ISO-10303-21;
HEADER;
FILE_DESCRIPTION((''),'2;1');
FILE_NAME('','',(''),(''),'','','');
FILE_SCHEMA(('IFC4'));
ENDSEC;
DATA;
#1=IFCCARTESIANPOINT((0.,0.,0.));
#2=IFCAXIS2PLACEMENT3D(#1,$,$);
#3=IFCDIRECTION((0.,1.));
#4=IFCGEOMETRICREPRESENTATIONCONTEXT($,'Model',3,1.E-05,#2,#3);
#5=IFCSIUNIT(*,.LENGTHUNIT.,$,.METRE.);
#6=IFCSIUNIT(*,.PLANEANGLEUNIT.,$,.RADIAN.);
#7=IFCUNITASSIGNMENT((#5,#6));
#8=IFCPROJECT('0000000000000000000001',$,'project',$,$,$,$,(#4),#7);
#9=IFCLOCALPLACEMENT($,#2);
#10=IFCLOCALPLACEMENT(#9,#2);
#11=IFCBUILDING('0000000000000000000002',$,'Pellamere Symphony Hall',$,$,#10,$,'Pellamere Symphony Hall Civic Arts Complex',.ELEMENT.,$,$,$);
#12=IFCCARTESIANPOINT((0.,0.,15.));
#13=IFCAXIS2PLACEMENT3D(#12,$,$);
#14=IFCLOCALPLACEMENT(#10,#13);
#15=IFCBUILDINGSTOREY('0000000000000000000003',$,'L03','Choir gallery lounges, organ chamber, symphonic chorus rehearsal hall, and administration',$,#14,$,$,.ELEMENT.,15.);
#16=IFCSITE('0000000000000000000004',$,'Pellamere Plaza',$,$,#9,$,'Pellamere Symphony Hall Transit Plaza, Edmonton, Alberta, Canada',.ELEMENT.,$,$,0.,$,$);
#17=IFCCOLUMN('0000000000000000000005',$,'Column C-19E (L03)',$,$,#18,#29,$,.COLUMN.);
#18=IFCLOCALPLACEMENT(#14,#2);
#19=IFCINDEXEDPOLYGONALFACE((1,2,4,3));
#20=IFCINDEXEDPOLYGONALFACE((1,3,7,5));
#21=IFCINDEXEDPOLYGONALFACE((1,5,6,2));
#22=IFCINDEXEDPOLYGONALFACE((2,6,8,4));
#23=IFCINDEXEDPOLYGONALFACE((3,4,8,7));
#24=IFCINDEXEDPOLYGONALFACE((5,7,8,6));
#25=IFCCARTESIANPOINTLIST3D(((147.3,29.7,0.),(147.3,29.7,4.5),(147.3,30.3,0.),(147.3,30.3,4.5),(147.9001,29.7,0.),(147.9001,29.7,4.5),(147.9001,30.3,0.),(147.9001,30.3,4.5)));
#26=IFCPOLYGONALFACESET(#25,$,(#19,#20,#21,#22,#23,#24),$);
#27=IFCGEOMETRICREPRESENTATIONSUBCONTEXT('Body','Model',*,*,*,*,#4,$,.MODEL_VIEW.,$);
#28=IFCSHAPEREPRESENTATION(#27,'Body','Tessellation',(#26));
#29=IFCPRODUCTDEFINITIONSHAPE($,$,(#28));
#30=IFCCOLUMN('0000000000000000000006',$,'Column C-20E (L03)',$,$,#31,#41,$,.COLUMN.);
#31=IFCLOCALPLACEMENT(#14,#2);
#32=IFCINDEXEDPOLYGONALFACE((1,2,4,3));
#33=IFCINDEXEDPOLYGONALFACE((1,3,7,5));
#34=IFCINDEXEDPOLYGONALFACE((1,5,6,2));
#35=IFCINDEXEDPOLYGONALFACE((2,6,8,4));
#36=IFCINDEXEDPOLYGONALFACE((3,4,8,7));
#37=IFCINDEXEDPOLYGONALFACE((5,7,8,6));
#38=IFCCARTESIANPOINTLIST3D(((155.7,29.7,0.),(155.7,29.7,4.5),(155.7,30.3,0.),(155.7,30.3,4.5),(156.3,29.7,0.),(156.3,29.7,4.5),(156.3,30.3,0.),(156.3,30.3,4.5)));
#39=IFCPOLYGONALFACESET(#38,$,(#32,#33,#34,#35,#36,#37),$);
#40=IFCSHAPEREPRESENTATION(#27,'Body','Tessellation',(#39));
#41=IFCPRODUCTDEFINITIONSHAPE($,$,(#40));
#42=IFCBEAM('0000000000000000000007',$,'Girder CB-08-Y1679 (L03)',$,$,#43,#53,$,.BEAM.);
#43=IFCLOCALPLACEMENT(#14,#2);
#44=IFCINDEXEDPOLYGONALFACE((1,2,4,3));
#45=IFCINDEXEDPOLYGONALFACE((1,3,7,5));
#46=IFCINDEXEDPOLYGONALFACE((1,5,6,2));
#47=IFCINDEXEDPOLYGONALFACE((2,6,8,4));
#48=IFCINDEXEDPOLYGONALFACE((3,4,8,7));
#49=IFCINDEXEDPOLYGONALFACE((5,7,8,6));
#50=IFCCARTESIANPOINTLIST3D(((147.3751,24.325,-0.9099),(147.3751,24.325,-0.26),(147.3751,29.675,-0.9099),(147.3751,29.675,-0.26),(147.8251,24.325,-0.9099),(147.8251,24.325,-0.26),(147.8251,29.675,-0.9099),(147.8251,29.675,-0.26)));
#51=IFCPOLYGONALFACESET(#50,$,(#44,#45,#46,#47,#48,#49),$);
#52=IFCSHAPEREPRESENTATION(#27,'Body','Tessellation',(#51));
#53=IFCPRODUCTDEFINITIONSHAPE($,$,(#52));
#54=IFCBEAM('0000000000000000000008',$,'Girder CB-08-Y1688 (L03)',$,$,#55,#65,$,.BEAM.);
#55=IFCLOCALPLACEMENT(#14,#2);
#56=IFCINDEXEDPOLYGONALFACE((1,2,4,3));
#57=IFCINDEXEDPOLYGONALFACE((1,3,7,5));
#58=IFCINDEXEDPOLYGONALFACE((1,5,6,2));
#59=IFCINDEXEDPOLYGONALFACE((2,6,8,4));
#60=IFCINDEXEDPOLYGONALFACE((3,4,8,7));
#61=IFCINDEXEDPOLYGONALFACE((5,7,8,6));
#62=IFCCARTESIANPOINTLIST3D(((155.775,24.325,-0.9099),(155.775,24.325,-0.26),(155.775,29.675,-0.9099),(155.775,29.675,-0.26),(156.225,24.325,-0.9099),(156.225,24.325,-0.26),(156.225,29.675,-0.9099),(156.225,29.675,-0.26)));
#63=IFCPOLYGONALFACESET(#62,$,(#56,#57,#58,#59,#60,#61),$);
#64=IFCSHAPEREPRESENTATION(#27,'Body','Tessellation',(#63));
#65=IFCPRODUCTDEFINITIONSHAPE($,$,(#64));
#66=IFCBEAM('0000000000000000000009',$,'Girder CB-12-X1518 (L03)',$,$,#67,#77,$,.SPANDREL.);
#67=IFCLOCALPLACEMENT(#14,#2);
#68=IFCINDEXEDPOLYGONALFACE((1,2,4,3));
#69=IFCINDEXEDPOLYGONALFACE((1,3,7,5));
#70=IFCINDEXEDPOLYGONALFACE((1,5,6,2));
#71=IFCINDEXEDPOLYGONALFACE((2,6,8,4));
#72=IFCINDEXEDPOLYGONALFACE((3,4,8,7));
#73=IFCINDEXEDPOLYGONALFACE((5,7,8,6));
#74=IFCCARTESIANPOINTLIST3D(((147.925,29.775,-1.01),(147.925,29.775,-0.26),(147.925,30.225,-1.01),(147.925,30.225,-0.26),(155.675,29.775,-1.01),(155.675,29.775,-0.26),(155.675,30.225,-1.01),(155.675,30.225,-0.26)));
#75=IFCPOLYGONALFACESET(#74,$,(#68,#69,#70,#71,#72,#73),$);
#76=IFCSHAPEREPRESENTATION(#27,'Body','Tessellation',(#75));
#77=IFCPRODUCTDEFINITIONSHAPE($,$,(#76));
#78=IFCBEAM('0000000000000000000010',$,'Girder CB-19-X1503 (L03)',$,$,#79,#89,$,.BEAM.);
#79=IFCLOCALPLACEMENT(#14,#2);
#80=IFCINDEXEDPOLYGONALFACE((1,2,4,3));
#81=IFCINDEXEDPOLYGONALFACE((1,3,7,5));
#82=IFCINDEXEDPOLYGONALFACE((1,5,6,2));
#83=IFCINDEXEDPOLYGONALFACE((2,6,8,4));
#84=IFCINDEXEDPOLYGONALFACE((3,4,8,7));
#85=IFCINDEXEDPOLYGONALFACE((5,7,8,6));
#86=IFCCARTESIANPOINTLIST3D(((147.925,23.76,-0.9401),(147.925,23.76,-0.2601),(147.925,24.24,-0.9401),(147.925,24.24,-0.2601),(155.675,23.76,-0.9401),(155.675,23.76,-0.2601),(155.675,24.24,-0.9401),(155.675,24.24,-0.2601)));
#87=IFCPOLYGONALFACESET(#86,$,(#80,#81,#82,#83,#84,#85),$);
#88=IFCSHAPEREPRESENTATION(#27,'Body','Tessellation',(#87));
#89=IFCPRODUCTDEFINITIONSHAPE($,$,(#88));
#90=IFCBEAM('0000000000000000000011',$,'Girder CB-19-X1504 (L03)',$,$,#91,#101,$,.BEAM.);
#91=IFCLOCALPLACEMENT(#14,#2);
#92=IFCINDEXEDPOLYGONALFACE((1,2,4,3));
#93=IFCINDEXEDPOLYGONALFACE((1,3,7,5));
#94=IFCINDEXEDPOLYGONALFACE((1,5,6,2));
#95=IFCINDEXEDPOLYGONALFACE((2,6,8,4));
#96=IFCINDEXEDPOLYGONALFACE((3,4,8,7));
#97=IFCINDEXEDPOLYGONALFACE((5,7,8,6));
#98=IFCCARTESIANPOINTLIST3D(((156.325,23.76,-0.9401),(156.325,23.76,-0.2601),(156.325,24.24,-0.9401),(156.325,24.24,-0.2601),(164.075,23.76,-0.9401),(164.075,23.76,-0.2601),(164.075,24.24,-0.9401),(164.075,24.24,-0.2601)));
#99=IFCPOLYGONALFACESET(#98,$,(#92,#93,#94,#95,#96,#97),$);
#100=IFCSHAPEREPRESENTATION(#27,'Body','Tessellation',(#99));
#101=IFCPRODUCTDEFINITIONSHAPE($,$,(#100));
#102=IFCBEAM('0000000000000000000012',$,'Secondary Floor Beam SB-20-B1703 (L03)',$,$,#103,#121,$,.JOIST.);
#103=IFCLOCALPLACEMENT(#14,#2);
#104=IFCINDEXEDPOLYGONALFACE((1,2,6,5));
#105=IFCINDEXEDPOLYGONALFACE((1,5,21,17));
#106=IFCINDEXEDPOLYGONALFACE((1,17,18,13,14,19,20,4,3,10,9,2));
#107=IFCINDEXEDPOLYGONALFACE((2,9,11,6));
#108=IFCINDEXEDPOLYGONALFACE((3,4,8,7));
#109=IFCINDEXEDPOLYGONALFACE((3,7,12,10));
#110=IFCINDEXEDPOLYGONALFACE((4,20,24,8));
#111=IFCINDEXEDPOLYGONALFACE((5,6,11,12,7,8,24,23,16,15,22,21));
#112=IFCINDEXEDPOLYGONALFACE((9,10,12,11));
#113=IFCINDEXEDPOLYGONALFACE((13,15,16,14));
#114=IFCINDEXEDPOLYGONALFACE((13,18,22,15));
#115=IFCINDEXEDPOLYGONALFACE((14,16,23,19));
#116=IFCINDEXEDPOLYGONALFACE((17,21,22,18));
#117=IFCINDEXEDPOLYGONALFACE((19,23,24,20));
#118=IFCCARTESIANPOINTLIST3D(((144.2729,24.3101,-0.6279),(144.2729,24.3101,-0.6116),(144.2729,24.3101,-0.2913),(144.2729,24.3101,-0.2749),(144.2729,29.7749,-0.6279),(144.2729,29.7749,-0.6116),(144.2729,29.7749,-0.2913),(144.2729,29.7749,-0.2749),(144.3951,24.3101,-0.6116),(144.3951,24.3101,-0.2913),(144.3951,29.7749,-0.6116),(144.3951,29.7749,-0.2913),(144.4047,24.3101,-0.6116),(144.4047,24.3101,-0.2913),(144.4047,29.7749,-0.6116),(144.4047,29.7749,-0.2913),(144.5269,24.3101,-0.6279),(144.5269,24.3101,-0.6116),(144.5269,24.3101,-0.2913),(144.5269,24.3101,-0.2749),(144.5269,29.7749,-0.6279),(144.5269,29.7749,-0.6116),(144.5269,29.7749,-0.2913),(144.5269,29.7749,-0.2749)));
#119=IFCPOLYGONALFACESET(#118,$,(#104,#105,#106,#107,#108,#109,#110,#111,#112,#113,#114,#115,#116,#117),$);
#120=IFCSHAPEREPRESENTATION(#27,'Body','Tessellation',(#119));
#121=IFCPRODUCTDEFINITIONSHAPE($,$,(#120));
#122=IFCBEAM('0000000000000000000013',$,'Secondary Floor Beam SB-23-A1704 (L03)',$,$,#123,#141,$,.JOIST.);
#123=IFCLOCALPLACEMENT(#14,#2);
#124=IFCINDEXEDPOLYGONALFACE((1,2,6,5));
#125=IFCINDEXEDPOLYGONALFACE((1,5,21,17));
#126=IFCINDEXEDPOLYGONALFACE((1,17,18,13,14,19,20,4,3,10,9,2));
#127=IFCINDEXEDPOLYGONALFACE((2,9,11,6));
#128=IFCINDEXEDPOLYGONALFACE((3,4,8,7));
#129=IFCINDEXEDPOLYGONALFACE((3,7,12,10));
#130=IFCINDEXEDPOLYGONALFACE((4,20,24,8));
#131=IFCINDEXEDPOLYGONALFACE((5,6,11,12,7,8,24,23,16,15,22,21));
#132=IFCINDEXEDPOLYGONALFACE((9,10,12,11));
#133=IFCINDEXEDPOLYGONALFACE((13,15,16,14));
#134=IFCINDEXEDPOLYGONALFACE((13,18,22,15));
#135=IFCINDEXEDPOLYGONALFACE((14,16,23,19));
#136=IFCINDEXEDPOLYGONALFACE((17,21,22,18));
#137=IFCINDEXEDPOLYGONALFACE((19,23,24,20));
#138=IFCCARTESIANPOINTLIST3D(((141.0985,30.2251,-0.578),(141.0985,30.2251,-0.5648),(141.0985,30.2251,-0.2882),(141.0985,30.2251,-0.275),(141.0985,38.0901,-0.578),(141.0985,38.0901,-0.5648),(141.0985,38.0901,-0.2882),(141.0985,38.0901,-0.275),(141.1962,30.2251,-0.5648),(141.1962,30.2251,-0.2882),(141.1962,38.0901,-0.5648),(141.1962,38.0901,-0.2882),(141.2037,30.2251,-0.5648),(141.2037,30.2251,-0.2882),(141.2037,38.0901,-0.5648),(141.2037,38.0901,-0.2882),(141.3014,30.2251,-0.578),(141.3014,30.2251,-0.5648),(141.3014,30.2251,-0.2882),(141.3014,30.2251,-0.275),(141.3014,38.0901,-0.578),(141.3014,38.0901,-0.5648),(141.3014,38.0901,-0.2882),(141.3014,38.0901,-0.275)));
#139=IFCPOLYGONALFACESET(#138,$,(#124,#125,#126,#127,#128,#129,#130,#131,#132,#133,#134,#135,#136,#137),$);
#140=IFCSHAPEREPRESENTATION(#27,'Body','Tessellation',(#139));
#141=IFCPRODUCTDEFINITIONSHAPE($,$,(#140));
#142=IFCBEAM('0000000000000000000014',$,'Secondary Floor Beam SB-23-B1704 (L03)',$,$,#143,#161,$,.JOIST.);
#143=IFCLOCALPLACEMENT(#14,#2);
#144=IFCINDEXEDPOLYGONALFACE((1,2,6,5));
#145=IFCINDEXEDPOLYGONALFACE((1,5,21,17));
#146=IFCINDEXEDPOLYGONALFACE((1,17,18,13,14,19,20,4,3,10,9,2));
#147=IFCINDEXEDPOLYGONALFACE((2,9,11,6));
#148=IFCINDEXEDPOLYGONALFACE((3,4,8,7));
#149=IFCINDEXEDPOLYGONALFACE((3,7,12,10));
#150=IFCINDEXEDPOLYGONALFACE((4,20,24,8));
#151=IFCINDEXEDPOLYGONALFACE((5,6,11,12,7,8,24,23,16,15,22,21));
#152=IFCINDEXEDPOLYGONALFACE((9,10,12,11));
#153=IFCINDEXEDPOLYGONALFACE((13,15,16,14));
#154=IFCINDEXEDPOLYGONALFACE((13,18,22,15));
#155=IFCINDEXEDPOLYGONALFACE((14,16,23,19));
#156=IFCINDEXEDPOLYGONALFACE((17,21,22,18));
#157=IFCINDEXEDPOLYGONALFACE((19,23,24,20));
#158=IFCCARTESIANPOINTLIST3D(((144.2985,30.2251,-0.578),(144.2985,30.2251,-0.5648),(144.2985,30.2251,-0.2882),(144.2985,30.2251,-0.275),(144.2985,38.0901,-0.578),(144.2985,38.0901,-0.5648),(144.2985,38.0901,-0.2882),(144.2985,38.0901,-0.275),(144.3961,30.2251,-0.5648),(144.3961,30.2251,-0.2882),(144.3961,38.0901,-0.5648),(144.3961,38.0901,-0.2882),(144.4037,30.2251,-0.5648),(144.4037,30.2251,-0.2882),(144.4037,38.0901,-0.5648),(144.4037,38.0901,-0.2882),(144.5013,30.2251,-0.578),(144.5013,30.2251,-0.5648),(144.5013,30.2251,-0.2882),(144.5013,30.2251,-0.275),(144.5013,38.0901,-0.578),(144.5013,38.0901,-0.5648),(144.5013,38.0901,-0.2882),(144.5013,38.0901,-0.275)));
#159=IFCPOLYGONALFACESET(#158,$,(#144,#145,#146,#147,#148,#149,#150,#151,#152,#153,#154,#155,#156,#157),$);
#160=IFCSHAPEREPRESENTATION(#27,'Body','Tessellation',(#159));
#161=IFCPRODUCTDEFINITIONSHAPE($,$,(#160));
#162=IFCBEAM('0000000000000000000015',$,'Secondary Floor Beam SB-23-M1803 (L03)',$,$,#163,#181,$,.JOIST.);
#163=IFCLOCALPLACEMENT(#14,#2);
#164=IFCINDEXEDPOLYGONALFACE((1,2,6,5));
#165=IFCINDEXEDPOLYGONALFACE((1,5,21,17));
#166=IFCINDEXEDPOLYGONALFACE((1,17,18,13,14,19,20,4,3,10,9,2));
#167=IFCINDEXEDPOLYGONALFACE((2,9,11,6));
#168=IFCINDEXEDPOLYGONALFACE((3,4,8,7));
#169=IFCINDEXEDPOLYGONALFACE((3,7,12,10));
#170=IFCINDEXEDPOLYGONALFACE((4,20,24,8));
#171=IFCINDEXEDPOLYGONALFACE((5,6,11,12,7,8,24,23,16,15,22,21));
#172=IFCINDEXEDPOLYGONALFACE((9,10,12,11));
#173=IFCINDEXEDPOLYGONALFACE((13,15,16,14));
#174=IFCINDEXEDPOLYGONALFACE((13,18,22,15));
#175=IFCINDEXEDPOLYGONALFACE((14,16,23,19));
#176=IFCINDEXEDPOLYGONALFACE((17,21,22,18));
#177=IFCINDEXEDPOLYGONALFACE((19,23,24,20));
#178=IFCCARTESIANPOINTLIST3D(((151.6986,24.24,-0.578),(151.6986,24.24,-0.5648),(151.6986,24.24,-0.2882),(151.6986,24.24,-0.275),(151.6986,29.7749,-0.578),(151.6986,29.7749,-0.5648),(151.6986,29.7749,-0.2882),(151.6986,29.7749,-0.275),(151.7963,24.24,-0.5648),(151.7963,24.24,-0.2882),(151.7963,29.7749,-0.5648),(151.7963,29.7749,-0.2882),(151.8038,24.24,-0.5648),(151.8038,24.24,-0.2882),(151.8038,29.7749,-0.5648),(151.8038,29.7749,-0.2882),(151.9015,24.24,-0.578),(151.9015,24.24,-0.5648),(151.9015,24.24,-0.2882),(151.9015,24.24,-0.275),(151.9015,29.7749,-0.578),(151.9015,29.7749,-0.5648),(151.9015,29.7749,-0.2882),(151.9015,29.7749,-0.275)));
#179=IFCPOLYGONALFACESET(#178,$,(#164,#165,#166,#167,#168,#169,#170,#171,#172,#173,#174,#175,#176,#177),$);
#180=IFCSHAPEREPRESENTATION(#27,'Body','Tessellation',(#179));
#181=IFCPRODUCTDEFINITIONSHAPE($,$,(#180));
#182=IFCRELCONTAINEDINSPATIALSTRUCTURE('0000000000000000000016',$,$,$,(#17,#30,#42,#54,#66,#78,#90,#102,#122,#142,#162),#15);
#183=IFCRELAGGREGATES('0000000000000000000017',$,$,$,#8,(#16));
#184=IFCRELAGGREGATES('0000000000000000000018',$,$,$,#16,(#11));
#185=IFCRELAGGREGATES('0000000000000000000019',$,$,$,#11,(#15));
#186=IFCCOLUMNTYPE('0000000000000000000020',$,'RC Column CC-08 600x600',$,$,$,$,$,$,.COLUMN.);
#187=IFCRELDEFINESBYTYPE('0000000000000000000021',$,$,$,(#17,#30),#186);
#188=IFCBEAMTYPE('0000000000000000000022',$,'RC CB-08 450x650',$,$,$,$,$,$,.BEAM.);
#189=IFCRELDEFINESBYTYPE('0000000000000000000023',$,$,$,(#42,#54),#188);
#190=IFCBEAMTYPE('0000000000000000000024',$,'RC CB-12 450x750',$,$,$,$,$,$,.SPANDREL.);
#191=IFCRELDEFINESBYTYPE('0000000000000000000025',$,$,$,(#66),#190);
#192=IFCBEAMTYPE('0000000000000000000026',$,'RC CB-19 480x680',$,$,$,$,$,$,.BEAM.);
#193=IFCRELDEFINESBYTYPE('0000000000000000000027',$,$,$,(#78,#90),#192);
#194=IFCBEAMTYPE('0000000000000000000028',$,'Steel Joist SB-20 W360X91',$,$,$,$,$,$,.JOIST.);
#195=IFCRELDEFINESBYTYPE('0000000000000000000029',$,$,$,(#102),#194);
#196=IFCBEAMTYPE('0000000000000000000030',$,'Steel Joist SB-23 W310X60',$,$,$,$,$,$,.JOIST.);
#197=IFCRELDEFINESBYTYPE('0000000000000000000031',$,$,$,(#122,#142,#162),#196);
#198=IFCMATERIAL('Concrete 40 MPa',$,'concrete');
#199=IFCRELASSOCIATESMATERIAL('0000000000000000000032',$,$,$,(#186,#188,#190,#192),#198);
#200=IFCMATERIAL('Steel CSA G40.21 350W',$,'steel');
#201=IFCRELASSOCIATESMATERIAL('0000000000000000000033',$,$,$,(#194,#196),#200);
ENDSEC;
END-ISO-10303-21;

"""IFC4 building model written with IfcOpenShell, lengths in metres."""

from ifc_helpers import new_model, si_unit, direction, frame, origin, origin_2d, place, context, subcontext, project, spatial, rectangle, i_section, extrude, material, material_profile, profile_set, type_object, element, save


model = new_model("IFC4")

# Units and contexts
model_context = context("Model", 3, precision=1e-05, world=origin(), true_north=direction((0.0, 1.0)))
body_context = subcontext(model_context, "Body", "Model", "MODEL_VIEW")
ifc_project = project(units=[si_unit("LENGTHUNIT", "METRE"), si_unit("PLANEANGLEUNIT", "RADIAN")], contexts=[model_context])

# Site, building, storey
site_placement = place(None, origin())
site = spatial("IfcSite", under=ifc_project, at=site_placement, Name="Pellamere Plaza", LongName="Pellamere Symphony Hall Transit Plaza, Edmonton, Alberta, Canada", CompositionType="ELEMENT", RefElevation=0.0)
building_placement = place(site_placement, origin())
building = spatial("IfcBuilding", under=site, at=building_placement, Name="Pellamere Symphony Hall", LongName="Pellamere Symphony Hall Civic Arts Complex", CompositionType="ELEMENT")
storey_placement = place(building_placement, frame((0.0, 0.0, 15.0)))
storey = spatial("IfcBuildingStorey", under=building, at=storey_placement, Name="L03", Description="Choir gallery lounges, organ chamber, symphonic chorus rehearsal hall, and administration", CompositionType="ELEMENT", Elevation=15.0)

# Columns
ifc_material_1 = material(Name="Concrete 40 MPa", Category="concrete")
ifc_material_profile_1 = material_profile(ifc_material_1, rectangle(XDim=0.6001, YDim=0.6001, at=origin_2d()), Name="RC 600x600")
ifc_profile_set_1 = profile_set([ifc_material_profile_1], Name="Concrete 40 MPa")
column_type = type_object("IfcColumnType", Name="RC Column CC-08 600x600", PredefinedType="COLUMN", material=ifc_profile_set_1)
for number, where, z_axis, x_axis, name in (
    (1, (147.6001, 30.0, 0.0), (0.0, 0.0, 1.0), (1.0, 0.0, 0.0), "Column C-19E (L03)"),
    (2, (156.0, 30.0, 0.0), (0.0, 0.0, 1.0), (1.0, 0.0, 0.0), "Column C-20E (L03)"),
):
    element("IfcColumn", number, at=place(storey_placement, frame(where, z_axis=z_axis, x_axis=x_axis)), inside=storey, type_object=column_type, Name=name, PredefinedType="COLUMN", context=body_context, shape_type="SweptSolid", body=[
        extrude(rectangle(XDim=0.6001, YDim=0.6001, at=origin_2d()), origin(), (0.0, 0.0, 1.0), 4.5),
    ])

# Beams
ifc_material_profile_2 = material_profile(ifc_material_1, rectangle(XDim=0.45, YDim=0.6499, at=origin_2d()), Name="RC 450x650")
ifc_profile_set_2 = profile_set([ifc_material_profile_2], Name="Concrete 40 MPa")
beam_type_1 = type_object("IfcBeamType", Name="RC CB-08 450x650", PredefinedType="BEAM", material=ifc_profile_set_2)
for number, where, z_axis, x_axis, name in (
    (3, (147.6001, 24.325, -0.585), (0.0, 1.0, 0.0), (-1.0, 0.0, 0.0), "Girder CB-08-Y1679 (L03)"),
    (4, (156.0, 24.325, -0.585), (0.0, 1.0, 0.0), (-1.0, 0.0, 0.0), "Girder CB-08-Y1688 (L03)"),
):
    element("IfcBeam", number, at=place(storey_placement, frame(where, z_axis=z_axis, x_axis=x_axis)), inside=storey, type_object=beam_type_1, Name=name, PredefinedType="BEAM", context=body_context, shape_type="SweptSolid", body=[
        extrude(rectangle(XDim=0.45, YDim=0.6499, at=origin_2d()), origin(), (0.0, 0.0, 1.0), 5.3501),
    ])
ifc_material_profile_3 = material_profile(ifc_material_1, rectangle(XDim=0.45, YDim=0.75, at=origin_2d()), Name="RC 450x750")
ifc_profile_set_3 = profile_set([ifc_material_profile_3], Name="Concrete 40 MPa")
beam_type_2 = type_object("IfcBeamType", Name="RC CB-12 450x750", PredefinedType="SPANDREL", material=ifc_profile_set_3)
beam_1_placement = place(storey_placement, frame((147.925, 30.0, -0.635), z_axis=(1.0, 0.0, 0.0), x_axis=(0.0, 1.0, 0.0)))
element("IfcBeam", 5, at=beam_1_placement, inside=storey, type_object=beam_type_2, Name="Girder CB-12-X1518 (L03)", PredefinedType="SPANDREL", context=body_context, shape_type="SweptSolid", body=[
    extrude(rectangle(XDim=0.45, YDim=0.75, at=origin_2d()), origin(), (0.0, 0.0, 1.0), 7.75),
])
ifc_material_profile_4 = material_profile(ifc_material_1, rectangle(XDim=0.48, YDim=0.6799, at=origin_2d()), Name="RC 480x680")
ifc_profile_set_4 = profile_set([ifc_material_profile_4], Name="Concrete 40 MPa")
beam_type_3 = type_object("IfcBeamType", Name="RC CB-19 480x680", PredefinedType="BEAM", material=ifc_profile_set_4)
for number, where, z_axis, x_axis, name in (
    (6, (147.925, 24.0, -0.6001), (1.0, 0.0, 0.0), (0.0, 1.0, 0.0), "Girder CB-19-X1503 (L03)"),
    (7, (156.325, 24.0, -0.6001), (1.0, 0.0, 0.0), (0.0, 1.0, 0.0), "Girder CB-19-X1504 (L03)"),
):
    element("IfcBeam", number, at=place(storey_placement, frame(where, z_axis=z_axis, x_axis=x_axis)), inside=storey, type_object=beam_type_3, Name=name, PredefinedType="BEAM", context=body_context, shape_type="SweptSolid", body=[
        extrude(rectangle(XDim=0.48, YDim=0.6799, at=origin_2d()), origin(), (0.0, 0.0, 1.0), 7.75),
    ])
ifc_material_2 = material(Name="Steel CSA G40.21 350W", Category="steel")
ifc_material_profile_5 = material_profile(ifc_material_2, i_section(OverallWidth=0.2539, OverallDepth=0.353, WebThickness=0.0095, FlangeThickness=0.0164, at=origin_2d()), Name="W360X91")
ifc_profile_set_5 = profile_set([ifc_material_profile_5], Name="Steel CSA G40.21 350W")
beam_type_4 = type_object("IfcBeamType", Name="Steel Joist SB-20 W360X91", PredefinedType="JOIST", material=ifc_profile_set_5)
beam_2_placement = place(storey_placement, frame((144.3999, 24.3101, -0.4514), z_axis=(0.0, 1.0, 0.0), x_axis=(-1.0, 0.0, 0.0)))
element("IfcBeam", 8, at=beam_2_placement, inside=storey, type_object=beam_type_4, Name="Secondary Floor Beam SB-20-B1703 (L03)", PredefinedType="JOIST", context=body_context, shape_type="SweptSolid", body=[
    extrude(i_section(OverallWidth=0.2539, OverallDepth=0.353, WebThickness=0.0095, FlangeThickness=0.0164, at=origin_2d()), origin(), (0.0, 0.0, 1.0), 5.4648),
])
ifc_material_profile_6 = material_profile(ifc_material_2, i_section(OverallWidth=0.2029, OverallDepth=0.303, WebThickness=0.0076, FlangeThickness=0.0132, at=origin_2d()), Name="W310X60")
ifc_profile_set_6 = profile_set([ifc_material_profile_6], Name="Steel CSA G40.21 350W")
beam_type_5 = type_object("IfcBeamType", Name="Steel Joist SB-23 W310X60", PredefinedType="JOIST", material=ifc_profile_set_6)
for number, where, z_axis, x_axis, name in (
    (9, (141.2, 30.2251, -0.4265), (0.0, 1.0, 0.0), (-1.0, 0.0, 0.0), "Secondary Floor Beam SB-23-A1704 (L03)"),
    (10, (144.3999, 30.2251, -0.4265), (0.0, 1.0, 0.0), (-1.0, 0.0, 0.0), "Secondary Floor Beam SB-23-B1704 (L03)"),
):
    element("IfcBeam", number, at=place(storey_placement, frame(where, z_axis=z_axis, x_axis=x_axis)), inside=storey, type_object=beam_type_5, Name=name, PredefinedType="JOIST", context=body_context, shape_type="SweptSolid", body=[
        extrude(i_section(OverallWidth=0.2029, OverallDepth=0.303, WebThickness=0.0076, FlangeThickness=0.0132, at=origin_2d()), origin(), (0.0, 0.0, 1.0), 7.865),
    ])
beam_3_placement = place(storey_placement, frame((151.8, 24.24, -0.4265), z_axis=(0.0, 1.0, 0.0), x_axis=(-1.0, 0.0, 0.0)))
element("IfcBeam", 11, at=beam_3_placement, inside=storey, type_object=beam_type_5, Name="Secondary Floor Beam SB-23-M1803 (L03)", PredefinedType="JOIST", context=body_context, shape_type="SweptSolid", body=[
    extrude(i_section(OverallWidth=0.2029, OverallDepth=0.303, WebThickness=0.0076, FlangeThickness=0.0132, at=origin_2d()), origin(), (0.0, 0.0, 1.0), 5.5349),
])

save(model, "model.ifc")
